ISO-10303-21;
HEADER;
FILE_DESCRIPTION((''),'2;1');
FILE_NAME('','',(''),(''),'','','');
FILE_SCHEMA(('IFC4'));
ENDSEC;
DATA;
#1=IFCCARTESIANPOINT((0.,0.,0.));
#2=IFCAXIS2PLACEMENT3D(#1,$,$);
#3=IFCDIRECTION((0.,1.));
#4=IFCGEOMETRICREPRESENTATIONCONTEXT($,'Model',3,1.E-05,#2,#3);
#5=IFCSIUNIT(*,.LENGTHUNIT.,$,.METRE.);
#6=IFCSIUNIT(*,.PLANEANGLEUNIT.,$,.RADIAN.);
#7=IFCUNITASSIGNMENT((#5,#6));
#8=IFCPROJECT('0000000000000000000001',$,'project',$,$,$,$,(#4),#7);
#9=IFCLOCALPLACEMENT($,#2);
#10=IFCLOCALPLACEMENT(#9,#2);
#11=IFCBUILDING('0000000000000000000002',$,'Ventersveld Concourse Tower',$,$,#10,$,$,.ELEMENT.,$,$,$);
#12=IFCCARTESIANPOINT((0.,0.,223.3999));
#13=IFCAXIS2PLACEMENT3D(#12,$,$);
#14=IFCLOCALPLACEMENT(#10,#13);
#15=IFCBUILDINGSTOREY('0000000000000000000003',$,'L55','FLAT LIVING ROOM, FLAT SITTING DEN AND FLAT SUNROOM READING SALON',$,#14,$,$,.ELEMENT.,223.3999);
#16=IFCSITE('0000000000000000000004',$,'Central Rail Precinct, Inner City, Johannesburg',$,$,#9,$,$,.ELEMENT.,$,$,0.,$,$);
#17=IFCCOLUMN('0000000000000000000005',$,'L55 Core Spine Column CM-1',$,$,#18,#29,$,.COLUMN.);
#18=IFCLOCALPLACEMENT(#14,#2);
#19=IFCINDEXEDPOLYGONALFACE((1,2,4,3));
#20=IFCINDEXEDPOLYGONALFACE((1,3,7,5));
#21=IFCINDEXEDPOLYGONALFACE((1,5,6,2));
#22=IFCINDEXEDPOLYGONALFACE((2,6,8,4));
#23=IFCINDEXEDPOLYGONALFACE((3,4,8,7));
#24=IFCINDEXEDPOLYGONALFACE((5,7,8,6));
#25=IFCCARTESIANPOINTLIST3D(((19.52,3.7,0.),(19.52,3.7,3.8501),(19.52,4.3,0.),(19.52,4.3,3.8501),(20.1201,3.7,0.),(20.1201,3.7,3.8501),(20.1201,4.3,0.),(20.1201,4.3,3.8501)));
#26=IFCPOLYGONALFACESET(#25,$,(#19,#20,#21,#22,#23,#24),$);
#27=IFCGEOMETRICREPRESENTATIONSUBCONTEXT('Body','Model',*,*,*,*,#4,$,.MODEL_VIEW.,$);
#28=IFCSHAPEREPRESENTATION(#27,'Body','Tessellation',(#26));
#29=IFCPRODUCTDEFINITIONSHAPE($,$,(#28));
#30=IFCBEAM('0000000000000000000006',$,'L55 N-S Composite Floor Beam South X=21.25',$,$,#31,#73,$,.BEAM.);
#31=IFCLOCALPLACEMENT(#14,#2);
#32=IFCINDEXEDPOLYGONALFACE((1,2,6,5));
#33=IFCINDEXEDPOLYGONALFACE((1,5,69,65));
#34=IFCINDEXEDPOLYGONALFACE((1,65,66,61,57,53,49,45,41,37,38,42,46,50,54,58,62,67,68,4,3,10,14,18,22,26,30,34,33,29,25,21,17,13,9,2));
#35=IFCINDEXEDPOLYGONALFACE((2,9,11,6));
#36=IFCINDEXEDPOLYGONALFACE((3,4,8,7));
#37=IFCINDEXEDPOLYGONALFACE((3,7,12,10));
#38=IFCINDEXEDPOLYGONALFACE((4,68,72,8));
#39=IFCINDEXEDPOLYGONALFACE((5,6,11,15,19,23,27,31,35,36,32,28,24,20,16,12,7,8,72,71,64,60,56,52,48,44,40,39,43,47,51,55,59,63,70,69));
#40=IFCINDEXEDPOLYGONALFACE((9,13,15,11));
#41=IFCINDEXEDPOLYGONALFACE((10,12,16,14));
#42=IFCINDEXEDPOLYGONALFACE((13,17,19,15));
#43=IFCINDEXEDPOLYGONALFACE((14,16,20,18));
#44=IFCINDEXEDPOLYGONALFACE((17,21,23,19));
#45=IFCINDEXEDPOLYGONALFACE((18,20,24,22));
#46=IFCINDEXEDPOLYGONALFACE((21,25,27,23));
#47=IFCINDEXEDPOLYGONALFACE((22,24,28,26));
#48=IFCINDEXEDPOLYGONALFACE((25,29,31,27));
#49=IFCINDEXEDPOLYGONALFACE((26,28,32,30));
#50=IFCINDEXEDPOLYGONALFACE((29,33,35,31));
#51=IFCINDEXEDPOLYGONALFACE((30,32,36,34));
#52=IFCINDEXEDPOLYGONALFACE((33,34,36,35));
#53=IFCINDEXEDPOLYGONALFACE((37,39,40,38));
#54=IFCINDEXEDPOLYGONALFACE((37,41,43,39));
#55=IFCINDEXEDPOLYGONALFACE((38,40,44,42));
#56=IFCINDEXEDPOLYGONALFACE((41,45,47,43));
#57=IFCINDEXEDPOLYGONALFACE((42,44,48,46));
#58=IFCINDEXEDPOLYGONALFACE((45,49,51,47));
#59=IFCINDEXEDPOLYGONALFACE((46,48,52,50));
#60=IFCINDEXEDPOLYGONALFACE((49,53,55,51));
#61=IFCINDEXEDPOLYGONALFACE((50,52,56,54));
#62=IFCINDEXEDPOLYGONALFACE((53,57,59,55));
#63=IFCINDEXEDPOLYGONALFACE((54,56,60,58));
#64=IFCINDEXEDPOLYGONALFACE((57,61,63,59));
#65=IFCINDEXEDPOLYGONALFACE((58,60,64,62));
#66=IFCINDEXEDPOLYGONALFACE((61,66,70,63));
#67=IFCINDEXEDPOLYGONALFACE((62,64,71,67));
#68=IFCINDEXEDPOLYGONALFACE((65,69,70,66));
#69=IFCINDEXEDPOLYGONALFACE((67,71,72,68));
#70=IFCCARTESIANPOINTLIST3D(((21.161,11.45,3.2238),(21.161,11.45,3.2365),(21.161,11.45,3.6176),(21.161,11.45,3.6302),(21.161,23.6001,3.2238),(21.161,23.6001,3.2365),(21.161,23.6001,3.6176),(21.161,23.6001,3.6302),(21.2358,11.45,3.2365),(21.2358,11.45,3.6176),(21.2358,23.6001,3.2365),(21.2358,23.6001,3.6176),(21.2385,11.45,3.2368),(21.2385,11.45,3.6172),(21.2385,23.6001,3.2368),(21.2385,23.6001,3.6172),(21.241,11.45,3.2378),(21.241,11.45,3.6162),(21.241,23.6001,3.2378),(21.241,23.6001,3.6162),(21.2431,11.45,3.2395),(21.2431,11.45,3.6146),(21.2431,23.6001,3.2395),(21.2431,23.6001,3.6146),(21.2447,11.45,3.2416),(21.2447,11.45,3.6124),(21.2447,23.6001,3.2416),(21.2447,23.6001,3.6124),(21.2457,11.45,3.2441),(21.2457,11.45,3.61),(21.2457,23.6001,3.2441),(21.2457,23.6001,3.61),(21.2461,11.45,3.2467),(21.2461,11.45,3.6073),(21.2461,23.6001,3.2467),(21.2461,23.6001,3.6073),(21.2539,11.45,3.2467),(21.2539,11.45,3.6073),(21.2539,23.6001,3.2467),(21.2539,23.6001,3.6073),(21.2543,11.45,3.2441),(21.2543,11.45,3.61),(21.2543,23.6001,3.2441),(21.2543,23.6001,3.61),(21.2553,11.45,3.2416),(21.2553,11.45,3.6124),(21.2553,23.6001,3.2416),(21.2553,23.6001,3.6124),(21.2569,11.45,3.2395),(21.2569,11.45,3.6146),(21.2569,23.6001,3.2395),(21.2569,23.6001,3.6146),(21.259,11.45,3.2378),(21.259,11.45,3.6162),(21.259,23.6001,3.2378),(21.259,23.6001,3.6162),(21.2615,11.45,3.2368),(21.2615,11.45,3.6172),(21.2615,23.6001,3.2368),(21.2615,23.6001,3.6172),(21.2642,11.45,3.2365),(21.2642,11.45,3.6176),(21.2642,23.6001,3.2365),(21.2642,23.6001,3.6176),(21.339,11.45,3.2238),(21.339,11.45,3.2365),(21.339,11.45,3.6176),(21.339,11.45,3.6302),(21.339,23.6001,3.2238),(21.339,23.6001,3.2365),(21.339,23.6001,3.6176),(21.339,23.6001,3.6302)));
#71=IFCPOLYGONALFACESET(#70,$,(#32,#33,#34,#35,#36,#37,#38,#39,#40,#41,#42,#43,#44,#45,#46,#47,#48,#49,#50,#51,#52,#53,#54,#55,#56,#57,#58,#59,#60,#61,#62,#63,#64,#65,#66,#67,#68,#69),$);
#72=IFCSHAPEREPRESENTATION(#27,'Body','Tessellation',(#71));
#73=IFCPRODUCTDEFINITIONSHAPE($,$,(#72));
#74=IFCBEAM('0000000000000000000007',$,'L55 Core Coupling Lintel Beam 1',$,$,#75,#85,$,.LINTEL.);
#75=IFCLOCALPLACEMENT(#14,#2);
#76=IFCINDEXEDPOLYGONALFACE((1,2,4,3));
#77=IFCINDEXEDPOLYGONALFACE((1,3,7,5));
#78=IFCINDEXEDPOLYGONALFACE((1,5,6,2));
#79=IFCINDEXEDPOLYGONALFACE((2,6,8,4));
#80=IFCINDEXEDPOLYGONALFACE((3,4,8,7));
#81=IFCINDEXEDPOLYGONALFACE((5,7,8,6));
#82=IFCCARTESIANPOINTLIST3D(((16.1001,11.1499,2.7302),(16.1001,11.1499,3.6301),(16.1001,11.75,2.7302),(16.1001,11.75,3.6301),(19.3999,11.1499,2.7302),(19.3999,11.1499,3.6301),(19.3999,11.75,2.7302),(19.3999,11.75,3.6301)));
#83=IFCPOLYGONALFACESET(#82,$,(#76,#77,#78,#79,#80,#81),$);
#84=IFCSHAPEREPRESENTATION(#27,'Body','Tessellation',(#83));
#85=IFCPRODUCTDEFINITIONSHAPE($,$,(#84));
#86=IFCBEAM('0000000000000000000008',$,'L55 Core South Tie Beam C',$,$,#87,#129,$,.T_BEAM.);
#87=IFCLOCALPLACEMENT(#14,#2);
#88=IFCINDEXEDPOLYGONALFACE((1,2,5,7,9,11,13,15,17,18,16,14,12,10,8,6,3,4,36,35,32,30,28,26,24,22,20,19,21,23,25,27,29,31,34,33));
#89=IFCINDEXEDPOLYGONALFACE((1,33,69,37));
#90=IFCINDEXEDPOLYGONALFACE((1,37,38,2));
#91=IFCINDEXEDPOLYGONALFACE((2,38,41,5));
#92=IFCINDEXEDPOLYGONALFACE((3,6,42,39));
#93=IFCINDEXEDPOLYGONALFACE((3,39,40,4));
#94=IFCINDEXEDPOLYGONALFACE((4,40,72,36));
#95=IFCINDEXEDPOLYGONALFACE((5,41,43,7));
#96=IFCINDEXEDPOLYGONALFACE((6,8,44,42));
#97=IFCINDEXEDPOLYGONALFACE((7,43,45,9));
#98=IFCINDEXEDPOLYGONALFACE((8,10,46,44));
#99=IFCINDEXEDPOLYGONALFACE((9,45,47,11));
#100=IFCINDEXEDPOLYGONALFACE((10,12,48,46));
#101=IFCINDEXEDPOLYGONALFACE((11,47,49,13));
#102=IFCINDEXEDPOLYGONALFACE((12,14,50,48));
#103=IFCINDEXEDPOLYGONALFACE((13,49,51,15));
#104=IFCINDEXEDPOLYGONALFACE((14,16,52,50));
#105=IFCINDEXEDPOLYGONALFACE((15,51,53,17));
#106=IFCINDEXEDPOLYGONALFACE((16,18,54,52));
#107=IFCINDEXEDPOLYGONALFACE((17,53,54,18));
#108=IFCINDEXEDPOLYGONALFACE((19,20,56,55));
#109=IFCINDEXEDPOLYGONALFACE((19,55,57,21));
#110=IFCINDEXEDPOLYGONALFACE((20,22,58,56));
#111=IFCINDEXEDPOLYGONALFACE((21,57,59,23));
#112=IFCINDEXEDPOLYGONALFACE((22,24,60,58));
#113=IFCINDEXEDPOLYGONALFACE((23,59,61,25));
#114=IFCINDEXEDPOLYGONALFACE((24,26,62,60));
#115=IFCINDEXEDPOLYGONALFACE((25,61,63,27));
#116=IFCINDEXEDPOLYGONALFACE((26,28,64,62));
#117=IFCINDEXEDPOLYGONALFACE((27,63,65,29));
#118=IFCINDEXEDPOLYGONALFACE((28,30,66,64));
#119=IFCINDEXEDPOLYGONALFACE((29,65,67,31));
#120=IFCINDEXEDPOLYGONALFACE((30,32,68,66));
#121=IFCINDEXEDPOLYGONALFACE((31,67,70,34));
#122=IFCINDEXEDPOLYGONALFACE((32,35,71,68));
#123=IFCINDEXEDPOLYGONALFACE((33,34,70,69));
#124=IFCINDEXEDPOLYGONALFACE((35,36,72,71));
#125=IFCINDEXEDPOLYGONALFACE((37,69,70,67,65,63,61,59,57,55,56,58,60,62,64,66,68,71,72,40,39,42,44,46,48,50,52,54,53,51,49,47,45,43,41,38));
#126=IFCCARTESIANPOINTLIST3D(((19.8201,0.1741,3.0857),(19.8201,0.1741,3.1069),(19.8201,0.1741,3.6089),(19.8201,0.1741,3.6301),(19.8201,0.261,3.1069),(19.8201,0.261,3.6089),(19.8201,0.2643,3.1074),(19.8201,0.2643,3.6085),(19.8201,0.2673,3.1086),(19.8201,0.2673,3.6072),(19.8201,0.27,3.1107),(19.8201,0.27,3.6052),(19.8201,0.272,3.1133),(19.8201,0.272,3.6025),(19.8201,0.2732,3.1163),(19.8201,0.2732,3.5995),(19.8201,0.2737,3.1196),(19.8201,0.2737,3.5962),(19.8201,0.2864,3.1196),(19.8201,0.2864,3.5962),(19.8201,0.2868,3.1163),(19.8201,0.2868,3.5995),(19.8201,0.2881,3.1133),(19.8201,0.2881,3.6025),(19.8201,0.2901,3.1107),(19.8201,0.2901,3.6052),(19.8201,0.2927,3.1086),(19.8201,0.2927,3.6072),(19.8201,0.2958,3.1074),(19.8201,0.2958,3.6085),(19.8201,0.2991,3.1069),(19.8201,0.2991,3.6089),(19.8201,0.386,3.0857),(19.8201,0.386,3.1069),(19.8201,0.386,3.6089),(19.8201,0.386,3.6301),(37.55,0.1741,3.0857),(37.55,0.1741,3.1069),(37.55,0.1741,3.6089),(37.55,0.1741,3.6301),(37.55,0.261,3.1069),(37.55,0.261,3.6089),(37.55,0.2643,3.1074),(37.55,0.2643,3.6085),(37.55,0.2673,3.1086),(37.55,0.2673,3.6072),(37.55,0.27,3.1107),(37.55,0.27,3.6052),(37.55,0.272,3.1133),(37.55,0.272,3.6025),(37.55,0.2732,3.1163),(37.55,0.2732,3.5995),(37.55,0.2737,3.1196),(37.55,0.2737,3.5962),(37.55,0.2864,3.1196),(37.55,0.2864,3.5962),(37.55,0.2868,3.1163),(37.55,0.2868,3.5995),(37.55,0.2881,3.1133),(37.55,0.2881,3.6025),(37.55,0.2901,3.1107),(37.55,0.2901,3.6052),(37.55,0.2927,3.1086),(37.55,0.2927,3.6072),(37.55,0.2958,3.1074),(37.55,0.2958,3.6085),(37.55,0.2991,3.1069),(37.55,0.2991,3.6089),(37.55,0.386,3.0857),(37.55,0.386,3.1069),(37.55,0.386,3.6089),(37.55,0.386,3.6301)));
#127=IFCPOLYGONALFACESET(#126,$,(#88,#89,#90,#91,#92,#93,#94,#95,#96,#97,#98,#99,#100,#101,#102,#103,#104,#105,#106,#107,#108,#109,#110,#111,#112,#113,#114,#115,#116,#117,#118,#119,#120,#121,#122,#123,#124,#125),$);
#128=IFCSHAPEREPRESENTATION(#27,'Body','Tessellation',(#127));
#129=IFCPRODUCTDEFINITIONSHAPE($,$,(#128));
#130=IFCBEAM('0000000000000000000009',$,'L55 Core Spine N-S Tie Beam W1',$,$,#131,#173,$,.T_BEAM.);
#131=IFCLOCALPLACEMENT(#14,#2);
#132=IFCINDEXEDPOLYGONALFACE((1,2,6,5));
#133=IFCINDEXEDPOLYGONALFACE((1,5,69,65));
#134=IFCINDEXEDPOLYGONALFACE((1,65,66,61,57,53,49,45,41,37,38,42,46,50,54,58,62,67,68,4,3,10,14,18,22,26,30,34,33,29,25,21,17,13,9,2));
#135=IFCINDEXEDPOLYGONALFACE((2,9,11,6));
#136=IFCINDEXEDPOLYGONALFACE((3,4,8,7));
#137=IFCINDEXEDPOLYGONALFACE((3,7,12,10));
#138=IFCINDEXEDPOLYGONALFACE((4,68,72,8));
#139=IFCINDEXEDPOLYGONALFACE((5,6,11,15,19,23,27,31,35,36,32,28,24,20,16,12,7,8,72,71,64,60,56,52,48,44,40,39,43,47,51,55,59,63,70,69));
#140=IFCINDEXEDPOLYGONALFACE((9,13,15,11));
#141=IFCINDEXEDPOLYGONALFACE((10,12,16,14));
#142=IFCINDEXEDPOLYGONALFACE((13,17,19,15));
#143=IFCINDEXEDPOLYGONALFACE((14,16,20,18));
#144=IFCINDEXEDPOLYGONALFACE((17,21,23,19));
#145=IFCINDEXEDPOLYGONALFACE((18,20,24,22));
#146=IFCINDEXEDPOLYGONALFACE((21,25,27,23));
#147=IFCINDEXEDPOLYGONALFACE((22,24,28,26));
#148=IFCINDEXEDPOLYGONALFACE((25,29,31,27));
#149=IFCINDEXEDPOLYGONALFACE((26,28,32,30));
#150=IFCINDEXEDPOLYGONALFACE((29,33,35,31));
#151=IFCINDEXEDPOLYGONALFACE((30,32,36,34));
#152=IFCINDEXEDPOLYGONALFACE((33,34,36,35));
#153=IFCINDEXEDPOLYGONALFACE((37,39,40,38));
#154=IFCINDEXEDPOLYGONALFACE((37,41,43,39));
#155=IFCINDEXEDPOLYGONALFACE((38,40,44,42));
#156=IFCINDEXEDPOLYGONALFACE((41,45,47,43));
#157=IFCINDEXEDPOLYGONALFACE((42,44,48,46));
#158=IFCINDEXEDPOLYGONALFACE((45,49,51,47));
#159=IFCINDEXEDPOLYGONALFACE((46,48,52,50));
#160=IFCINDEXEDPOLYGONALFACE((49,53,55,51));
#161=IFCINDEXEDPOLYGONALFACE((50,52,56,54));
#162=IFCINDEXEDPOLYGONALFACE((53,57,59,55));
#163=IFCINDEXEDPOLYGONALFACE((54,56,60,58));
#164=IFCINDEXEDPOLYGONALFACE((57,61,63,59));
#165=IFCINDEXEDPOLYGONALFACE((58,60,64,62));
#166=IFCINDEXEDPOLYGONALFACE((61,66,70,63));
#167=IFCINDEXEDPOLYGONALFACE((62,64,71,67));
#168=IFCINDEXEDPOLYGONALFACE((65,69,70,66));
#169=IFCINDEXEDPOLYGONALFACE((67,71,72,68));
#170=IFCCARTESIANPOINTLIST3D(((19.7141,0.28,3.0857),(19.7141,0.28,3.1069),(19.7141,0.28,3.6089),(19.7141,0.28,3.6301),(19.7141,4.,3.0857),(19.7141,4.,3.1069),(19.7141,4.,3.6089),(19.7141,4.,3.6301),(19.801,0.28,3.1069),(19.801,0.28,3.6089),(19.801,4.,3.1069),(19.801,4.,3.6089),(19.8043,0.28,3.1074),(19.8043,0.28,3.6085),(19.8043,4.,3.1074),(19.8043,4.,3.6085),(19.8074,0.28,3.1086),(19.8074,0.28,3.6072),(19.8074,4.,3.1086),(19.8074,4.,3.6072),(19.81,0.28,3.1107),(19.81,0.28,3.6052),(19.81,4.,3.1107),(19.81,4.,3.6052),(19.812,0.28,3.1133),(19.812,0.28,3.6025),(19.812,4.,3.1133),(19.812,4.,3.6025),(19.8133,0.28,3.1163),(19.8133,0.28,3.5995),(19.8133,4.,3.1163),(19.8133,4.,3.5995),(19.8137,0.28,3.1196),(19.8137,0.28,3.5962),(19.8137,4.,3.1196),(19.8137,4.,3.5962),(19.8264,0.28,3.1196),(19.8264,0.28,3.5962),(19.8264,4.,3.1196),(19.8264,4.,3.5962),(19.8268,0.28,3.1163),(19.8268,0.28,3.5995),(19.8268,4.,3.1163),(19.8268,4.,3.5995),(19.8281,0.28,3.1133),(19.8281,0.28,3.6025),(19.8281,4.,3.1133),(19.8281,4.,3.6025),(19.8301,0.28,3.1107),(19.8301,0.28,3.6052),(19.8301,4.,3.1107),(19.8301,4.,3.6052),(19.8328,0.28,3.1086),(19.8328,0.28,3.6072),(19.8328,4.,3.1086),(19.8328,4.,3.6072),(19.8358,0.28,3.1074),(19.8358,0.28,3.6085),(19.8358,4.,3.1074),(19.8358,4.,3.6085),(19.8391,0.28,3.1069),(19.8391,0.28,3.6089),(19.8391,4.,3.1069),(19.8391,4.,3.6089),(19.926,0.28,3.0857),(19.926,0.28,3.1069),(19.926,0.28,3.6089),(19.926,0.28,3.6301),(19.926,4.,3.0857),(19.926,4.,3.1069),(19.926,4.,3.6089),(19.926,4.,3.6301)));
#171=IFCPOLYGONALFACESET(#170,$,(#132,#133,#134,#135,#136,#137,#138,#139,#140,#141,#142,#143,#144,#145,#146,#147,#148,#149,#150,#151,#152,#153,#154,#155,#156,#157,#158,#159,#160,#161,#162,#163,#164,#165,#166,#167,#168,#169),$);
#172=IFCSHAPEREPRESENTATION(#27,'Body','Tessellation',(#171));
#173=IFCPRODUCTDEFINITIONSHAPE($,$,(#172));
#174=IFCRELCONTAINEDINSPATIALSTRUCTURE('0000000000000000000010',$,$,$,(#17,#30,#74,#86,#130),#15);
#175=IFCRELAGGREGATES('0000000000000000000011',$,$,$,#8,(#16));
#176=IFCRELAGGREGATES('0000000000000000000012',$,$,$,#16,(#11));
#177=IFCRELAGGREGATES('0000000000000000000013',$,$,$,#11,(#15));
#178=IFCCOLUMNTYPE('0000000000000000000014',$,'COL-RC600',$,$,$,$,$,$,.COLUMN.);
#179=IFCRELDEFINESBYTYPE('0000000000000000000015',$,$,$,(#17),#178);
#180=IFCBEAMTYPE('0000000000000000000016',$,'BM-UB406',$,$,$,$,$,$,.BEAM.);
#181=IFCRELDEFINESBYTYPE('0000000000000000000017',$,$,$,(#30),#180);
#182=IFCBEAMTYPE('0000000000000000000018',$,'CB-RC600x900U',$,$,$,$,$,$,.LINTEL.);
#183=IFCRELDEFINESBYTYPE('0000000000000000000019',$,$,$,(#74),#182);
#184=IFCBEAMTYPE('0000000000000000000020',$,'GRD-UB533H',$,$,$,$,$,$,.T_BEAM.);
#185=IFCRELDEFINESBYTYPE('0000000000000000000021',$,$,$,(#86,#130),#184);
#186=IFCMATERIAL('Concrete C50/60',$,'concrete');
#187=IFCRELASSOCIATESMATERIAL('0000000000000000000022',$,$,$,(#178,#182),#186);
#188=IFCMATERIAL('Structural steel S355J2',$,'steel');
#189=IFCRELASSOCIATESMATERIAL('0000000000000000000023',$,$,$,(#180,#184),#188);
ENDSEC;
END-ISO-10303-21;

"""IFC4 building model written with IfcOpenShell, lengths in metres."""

from ifc_helpers import new_model, si_unit, direction, frame, origin, origin_2d, place, context, subcontext, project, spatial, rectangle, i_section, extrude, material, material_profile, profile_set, type_object, element, save


model = new_model("IFC4")

# Units and contexts
model_context = context("Model", 3, precision=1e-05, world=origin(), true_north=direction((0.0, 1.0)))
body_context = subcontext(model_context, "Body", "Model", "MODEL_VIEW")
ifc_project = project(units=[si_unit("LENGTHUNIT", "METRE"), si_unit("PLANEANGLEUNIT", "RADIAN")], contexts=[model_context])

# Site, building, storey
site_placement = place(None, origin())
site = spatial("IfcSite", under=ifc_project, at=site_placement, Name="Central Rail Precinct, Inner City, Johannesburg", CompositionType="ELEMENT", RefElevation=0.0)
building_placement = place(site_placement, origin())
building = spatial("IfcBuilding", under=site, at=building_placement, Name="Ventersveld Concourse Tower", CompositionType="ELEMENT")
storey_placement = place(building_placement, frame((0.0, 0.0, 223.3999)))
storey = spatial("IfcBuildingStorey", under=building, at=storey_placement, Name="L55", Description="FLAT LIVING ROOM, FLAT SITTING DEN AND FLAT SUNROOM READING SALON", CompositionType="ELEMENT", Elevation=223.3999)

# Column
ifc_material_1 = material(Name="Concrete C50/60", Category="concrete")
ifc_material_profile_1 = material_profile(ifc_material_1, rectangle(XDim=0.6001, YDim=0.6001, at=origin_2d()), Name="RC 600x600")
ifc_profile_set_1 = profile_set([ifc_material_profile_1], Name="Concrete C50/60")
column_type = type_object("IfcColumnType", Name="COL-RC600", PredefinedType="COLUMN", material=ifc_profile_set_1)
column_placement = place(storey_placement, frame((19.8201, 4.0, 0.0), z_axis=(0.0, 0.0, 1.0), x_axis=(1.0, 0.0, 0.0)))
element("IfcColumn", 1, at=column_placement, inside=storey, type_object=column_type, Name="L55 Core Spine Column CM-1", PredefinedType="COLUMN", context=body_context, shape_type="SweptSolid", body=[
    extrude(rectangle(XDim=0.6001, YDim=0.6001, at=origin_2d()), origin(), (0.0, 0.0, 1.0), 3.8501),
])

# Beams
ifc_material_2 = material(Name="Structural steel S355J2", Category="steel")
ifc_material_profile_2 = material_profile(ifc_material_2, i_section(OverallWidth=0.178, OverallDepth=0.4065, WebThickness=0.0078, FlangeThickness=0.0127, FilletRadius=0.0103, at=origin_2d()), Name="UB 406x178x60")
ifc_profile_set_2 = profile_set([ifc_material_profile_2], Name="Structural steel S355J2")
beam_type_1 = type_object("IfcBeamType", Name="BM-UB406", PredefinedType="BEAM", material=ifc_profile_set_2)
beam_1_placement = place(storey_placement, frame((21.25, 11.45, 3.427), z_axis=(0.0, 1.0, 0.0), x_axis=(-1.0, 0.0, 0.0)))
element("IfcBeam", 2, at=beam_1_placement, inside=storey, type_object=beam_type_1, Name="L55 N-S Composite Floor Beam South X=21.25", PredefinedType="BEAM", context=body_context, shape_type="SweptSolid", body=[
    extrude(i_section(OverallWidth=0.178, OverallDepth=0.4065, WebThickness=0.0078, FlangeThickness=0.0127, FilletRadius=0.0103, at=origin_2d()), origin(), (0.0, 0.0, 1.0), 12.1501),
])
ifc_material_profile_3 = material_profile(ifc_material_1, rectangle(XDim=0.6001, YDim=0.8999, at=origin_2d()), Name="RC 600x900")
ifc_profile_set_3 = profile_set([ifc_material_profile_3], Name="Concrete C50/60")
beam_type_2 = type_object("IfcBeamType", Name="CB-RC600x900U", PredefinedType="LINTEL", material=ifc_profile_set_3)
beam_2_placement = place(storey_placement, frame((16.1001, 11.45, 3.1802), z_axis=(1.0, 0.0, 0.0), x_axis=(0.0, 1.0, 0.0)))
element("IfcBeam", 3, at=beam_2_placement, inside=storey, type_object=beam_type_2, Name="L55 Core Coupling Lintel Beam 1", PredefinedType="LINTEL", context=body_context, shape_type="SweptSolid", body=[
    extrude(rectangle(XDim=0.6001, YDim=0.8999, at=origin_2d()), origin(), (0.0, 0.0, 1.0), 3.2998),
])
ifc_material_profile_4 = material_profile(ifc_material_2, i_section(OverallWidth=0.2119, OverallDepth=0.5444, WebThickness=0.0127, FlangeThickness=0.0212, FilletRadius=0.0127, at=origin_2d()), Name="UB 533x210x122")
ifc_profile_set_4 = profile_set([ifc_material_profile_4], Name="Structural steel S355J2")
beam_type_3 = type_object("IfcBeamType", Name="GRD-UB533H", PredefinedType="T_BEAM", material=ifc_profile_set_4)
beam_3_placement = place(storey_placement, frame((19.8201, 0.28, 3.3579), z_axis=(1.0, 0.0, 0.0), x_axis=(0.0, 1.0, 0.0)))
element("IfcBeam", 4, at=beam_3_placement, inside=storey, type_object=beam_type_3, Name="L55 Core South Tie Beam C", PredefinedType="T_BEAM", context=body_context, shape_type="SweptSolid", body=[
    extrude(i_section(OverallWidth=0.2119, OverallDepth=0.5444, WebThickness=0.0127, FlangeThickness=0.0212, FilletRadius=0.0127, at=origin_2d()), origin(), (0.0, 0.0, 1.0), 17.73),
])
beam_4_placement = place(storey_placement, frame((19.8201, 0.28, 3.3579), z_axis=(0.0, 1.0, 0.0), x_axis=(-1.0, 0.0, 0.0)))
element("IfcBeam", 5, at=beam_4_placement, inside=storey, type_object=beam_type_3, Name="L55 Core Spine N-S Tie Beam W1", PredefinedType="T_BEAM", context=body_context, shape_type="SweptSolid", body=[
    extrude(i_section(OverallWidth=0.2119, OverallDepth=0.5444, WebThickness=0.0127, FlangeThickness=0.0212, FilletRadius=0.0127, at=origin_2d()), origin(), (0.0, 0.0, 1.0), 3.72),
])

save(model, "model.ifc")
